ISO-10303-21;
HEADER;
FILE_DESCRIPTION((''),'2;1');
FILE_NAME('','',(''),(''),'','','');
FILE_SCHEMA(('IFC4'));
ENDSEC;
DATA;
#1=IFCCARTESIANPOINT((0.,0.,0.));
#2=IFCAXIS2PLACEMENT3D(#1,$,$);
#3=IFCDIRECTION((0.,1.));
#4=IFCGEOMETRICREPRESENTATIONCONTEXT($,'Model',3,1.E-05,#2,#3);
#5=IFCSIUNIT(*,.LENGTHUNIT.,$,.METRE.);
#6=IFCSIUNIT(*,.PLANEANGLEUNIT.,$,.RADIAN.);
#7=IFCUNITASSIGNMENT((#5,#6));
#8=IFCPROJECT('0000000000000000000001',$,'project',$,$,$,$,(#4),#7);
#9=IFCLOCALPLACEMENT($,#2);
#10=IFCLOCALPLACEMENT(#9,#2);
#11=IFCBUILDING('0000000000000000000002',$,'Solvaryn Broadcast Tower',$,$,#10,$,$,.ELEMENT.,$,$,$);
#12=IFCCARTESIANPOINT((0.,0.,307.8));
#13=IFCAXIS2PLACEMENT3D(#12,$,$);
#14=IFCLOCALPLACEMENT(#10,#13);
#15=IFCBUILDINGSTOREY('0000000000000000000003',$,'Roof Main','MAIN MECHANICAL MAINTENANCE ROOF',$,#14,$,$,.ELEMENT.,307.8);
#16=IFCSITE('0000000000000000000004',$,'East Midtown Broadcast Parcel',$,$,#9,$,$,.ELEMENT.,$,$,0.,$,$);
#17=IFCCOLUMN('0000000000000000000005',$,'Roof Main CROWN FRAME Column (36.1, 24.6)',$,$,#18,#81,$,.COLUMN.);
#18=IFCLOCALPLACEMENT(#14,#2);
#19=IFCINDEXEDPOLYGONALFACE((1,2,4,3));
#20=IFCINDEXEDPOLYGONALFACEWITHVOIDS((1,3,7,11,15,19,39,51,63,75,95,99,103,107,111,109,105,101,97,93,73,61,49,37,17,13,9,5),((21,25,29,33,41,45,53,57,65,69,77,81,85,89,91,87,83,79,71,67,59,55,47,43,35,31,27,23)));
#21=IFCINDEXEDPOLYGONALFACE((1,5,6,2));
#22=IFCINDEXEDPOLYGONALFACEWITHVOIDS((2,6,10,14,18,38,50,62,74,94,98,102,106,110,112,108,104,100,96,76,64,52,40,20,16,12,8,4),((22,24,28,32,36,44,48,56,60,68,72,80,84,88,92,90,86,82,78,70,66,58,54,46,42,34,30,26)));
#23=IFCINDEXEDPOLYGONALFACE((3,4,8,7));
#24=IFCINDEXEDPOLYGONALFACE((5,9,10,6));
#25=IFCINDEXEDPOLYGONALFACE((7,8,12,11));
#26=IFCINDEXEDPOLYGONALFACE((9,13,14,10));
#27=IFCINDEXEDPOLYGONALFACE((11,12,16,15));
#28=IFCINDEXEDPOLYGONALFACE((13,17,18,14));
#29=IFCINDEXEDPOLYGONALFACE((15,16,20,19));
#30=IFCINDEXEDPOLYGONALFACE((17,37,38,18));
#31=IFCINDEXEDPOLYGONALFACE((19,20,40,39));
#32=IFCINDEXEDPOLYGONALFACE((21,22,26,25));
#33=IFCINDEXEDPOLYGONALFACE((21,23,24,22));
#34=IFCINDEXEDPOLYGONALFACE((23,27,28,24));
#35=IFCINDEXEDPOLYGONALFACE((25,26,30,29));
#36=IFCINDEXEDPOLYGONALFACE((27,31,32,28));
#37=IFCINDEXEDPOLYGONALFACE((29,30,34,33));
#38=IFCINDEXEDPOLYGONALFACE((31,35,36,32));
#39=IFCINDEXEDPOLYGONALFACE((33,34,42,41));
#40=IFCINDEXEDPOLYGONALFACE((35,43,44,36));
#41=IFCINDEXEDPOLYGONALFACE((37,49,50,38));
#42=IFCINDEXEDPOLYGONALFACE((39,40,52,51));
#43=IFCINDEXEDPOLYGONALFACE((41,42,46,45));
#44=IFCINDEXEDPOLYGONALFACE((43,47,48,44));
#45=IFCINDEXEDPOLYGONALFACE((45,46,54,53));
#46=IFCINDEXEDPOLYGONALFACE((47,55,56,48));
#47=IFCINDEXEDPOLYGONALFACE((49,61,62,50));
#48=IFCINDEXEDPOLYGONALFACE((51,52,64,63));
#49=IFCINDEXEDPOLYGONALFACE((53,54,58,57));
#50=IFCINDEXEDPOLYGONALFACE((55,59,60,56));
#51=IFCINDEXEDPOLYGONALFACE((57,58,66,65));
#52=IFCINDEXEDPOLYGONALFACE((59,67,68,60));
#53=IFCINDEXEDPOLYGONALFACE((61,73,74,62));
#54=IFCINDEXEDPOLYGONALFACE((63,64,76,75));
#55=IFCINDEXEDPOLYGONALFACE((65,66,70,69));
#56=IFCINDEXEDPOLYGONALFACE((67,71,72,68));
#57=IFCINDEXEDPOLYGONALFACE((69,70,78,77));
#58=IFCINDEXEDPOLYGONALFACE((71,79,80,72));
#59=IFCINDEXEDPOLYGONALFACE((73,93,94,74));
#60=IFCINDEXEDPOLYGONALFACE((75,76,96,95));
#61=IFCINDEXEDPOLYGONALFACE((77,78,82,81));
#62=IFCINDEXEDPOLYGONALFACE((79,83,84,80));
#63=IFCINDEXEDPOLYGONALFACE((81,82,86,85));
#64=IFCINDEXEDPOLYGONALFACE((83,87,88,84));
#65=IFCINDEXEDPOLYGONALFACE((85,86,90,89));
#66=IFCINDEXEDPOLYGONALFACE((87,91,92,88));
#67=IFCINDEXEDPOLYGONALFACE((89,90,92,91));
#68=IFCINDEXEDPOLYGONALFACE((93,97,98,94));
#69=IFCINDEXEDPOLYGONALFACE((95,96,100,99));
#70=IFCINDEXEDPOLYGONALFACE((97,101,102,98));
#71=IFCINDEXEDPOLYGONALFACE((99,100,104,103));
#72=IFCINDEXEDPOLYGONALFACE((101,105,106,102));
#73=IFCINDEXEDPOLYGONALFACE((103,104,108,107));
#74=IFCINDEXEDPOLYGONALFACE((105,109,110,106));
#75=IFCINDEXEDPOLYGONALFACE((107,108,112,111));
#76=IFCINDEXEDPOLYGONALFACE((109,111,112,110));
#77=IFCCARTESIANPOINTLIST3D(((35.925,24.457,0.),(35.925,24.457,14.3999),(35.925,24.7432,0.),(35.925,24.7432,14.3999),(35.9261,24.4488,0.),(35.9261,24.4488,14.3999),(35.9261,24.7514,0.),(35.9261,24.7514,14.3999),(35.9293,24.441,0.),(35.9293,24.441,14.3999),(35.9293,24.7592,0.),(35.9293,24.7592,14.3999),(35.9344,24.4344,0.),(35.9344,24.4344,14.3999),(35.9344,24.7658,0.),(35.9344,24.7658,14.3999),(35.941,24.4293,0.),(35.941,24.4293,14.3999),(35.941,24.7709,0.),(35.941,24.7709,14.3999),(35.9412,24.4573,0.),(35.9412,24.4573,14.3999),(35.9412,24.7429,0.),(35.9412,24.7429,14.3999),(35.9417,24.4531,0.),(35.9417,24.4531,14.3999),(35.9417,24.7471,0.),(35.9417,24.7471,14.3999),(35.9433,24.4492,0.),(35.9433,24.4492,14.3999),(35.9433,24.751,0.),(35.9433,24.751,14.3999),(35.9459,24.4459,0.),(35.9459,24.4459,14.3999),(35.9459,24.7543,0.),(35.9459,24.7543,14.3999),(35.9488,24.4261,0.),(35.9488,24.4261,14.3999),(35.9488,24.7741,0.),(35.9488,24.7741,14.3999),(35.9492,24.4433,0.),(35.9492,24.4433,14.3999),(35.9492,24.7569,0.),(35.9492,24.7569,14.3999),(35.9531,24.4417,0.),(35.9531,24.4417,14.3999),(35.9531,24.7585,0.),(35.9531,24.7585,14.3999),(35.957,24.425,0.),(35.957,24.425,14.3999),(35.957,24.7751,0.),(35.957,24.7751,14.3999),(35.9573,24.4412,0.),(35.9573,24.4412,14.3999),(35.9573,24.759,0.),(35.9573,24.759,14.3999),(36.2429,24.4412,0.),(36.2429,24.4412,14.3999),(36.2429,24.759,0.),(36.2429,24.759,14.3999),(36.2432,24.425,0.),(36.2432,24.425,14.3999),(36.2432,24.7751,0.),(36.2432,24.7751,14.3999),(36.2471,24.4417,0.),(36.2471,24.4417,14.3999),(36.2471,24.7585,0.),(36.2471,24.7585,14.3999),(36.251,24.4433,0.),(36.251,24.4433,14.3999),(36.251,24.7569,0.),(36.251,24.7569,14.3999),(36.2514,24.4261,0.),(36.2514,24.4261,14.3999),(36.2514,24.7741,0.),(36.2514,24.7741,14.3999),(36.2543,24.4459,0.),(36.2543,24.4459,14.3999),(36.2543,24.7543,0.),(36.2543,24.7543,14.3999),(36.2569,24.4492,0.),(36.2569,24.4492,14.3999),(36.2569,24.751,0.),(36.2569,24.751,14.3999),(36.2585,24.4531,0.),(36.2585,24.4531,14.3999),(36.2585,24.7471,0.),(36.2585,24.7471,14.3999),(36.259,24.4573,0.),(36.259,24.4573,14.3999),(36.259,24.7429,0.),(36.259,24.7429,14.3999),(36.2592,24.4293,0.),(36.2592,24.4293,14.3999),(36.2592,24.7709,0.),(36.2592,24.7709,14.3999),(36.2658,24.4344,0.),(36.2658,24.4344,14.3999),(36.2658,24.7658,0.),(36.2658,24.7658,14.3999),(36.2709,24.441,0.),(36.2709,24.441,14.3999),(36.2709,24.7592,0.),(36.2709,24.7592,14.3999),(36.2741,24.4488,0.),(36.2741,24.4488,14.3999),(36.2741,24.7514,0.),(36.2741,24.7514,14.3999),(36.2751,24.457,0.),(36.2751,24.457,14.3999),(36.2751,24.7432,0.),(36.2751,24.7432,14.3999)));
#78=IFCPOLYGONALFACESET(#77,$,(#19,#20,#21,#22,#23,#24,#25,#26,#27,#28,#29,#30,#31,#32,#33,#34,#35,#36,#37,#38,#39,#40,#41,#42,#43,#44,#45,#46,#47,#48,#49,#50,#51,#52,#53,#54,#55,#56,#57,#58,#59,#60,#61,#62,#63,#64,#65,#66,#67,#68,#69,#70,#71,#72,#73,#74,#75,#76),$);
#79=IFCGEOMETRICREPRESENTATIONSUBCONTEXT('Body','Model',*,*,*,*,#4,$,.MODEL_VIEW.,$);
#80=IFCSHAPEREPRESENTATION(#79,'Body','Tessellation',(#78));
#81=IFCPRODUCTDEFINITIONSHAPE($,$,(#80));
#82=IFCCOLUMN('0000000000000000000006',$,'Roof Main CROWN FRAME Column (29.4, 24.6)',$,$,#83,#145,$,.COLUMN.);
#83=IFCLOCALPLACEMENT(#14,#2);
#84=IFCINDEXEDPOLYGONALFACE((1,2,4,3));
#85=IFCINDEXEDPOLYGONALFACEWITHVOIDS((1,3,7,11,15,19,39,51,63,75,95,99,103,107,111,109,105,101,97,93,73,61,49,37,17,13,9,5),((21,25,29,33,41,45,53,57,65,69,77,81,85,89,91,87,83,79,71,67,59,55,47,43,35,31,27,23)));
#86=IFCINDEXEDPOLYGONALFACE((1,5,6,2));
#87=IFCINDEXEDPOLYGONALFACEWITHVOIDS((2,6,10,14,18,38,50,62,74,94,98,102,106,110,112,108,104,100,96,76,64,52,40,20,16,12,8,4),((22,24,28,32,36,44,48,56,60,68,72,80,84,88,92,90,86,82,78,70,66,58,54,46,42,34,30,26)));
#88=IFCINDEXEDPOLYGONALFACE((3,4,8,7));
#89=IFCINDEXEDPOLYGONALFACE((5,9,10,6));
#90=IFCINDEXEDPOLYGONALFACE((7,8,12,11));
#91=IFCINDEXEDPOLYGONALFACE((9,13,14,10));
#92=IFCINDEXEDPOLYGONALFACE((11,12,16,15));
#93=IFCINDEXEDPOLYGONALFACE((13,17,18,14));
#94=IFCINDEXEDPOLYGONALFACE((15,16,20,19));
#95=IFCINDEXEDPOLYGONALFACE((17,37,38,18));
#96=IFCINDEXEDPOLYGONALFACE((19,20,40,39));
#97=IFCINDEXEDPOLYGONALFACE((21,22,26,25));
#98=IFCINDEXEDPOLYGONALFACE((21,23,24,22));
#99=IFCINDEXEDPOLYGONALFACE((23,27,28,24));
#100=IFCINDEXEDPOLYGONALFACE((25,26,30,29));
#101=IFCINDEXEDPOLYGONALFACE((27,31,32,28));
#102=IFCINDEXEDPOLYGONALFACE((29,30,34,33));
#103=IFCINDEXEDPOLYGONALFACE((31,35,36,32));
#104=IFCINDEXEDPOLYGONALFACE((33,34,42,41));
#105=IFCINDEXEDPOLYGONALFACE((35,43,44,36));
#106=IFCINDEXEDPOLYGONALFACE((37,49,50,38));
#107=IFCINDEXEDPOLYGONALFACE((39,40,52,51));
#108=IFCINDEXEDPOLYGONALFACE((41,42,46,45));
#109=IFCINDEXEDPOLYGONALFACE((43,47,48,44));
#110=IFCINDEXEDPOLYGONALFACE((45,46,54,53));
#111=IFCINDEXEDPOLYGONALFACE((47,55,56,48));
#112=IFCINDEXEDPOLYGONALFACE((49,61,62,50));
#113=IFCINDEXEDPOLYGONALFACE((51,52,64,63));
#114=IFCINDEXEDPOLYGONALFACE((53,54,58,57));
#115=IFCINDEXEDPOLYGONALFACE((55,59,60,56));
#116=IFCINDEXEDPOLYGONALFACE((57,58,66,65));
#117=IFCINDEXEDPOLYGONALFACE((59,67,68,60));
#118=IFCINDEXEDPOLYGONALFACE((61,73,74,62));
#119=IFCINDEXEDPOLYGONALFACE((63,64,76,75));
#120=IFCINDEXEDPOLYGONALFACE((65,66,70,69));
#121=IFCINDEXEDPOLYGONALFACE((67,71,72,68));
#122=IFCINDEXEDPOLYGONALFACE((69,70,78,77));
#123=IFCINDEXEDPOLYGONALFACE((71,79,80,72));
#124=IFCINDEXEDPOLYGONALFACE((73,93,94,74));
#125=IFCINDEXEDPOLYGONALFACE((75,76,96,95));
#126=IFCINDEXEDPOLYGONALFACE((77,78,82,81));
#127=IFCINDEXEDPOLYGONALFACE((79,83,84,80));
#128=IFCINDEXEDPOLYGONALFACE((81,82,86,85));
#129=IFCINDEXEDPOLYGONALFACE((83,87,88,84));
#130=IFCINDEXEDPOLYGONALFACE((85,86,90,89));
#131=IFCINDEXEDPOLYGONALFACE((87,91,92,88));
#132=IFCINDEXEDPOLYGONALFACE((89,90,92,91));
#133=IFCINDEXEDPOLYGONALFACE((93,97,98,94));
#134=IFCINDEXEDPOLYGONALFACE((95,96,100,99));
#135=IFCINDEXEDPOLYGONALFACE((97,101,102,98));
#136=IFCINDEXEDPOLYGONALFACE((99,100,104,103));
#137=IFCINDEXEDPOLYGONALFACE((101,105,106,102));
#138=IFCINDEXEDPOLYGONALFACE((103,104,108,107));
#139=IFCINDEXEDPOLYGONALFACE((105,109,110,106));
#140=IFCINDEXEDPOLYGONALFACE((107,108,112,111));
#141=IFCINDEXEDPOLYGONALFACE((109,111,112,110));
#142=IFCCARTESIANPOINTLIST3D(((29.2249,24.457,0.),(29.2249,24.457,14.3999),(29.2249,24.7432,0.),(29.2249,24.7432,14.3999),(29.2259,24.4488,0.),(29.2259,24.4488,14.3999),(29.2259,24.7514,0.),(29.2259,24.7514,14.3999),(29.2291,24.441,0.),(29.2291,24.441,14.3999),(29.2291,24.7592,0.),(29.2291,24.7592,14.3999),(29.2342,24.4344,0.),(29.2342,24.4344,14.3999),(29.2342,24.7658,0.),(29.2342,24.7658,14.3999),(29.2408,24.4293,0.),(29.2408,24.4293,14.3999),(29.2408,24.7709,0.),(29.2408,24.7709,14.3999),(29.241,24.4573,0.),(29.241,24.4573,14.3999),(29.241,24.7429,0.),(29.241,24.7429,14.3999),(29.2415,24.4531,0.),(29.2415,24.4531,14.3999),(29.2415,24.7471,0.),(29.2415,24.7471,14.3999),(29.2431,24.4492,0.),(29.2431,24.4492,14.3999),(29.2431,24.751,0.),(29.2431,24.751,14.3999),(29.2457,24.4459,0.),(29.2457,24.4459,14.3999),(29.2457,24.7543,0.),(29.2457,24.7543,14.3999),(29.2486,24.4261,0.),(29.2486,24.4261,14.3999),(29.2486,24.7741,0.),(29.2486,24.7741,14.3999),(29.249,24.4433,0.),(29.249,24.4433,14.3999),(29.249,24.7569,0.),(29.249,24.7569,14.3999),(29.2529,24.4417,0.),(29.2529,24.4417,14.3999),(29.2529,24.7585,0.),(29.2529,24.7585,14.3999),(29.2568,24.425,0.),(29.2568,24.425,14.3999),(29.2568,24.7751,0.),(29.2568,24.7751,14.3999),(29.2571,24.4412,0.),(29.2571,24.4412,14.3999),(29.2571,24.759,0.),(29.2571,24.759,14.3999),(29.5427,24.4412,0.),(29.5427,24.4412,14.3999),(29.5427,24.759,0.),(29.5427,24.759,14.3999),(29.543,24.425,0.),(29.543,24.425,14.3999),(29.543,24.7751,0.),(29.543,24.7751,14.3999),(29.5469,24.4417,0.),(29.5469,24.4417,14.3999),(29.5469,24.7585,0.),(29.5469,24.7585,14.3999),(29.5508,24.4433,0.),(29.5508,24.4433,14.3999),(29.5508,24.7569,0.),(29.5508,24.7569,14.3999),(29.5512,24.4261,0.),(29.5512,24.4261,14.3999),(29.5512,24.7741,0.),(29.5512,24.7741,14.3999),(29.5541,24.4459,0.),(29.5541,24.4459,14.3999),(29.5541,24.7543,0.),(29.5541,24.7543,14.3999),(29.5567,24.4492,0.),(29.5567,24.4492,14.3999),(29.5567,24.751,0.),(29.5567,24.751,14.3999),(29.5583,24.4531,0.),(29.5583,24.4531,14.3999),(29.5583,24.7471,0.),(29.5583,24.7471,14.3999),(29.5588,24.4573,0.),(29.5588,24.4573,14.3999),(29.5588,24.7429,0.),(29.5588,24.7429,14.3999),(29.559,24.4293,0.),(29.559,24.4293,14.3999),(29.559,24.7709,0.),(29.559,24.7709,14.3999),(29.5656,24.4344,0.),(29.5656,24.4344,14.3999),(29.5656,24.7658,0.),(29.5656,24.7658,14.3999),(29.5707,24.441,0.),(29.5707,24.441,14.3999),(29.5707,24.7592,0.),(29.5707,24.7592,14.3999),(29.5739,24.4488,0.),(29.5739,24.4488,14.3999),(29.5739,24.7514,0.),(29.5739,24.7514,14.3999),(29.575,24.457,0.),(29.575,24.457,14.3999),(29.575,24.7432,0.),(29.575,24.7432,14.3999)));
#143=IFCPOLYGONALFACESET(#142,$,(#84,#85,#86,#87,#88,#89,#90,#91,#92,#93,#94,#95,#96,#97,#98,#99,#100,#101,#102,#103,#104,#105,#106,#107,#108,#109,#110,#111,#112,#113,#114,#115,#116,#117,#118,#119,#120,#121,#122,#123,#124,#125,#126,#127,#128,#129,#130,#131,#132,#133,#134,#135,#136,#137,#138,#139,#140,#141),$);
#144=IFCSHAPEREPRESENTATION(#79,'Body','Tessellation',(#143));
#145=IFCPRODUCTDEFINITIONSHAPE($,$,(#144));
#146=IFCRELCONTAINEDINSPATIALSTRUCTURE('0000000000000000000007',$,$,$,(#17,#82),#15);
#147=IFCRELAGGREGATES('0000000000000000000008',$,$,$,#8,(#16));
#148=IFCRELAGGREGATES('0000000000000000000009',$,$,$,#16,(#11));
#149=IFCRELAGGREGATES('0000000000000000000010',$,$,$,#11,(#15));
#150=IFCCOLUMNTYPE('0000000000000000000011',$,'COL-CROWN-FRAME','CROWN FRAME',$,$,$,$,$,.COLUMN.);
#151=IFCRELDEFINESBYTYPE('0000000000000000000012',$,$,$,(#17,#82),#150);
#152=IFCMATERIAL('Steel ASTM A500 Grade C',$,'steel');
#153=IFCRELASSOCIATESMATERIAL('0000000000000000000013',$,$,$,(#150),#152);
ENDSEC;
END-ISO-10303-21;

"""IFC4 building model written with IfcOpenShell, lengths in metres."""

from ifc_helpers import new_model, si_unit, direction, frame, origin, origin_2d, place, context, subcontext, project, spatial, hollow_rectangle, extrude, material, material_profile, profile_set, type_object, element, save


model = new_model("IFC4")

# Units and contexts
model_context = context("Model", 3, precision=1e-05, world=origin(), true_north=direction((0.0, 1.0)))
body_context = subcontext(model_context, "Body", "Model", "MODEL_VIEW")
ifc_project = project(units=[si_unit("LENGTHUNIT", "METRE"), si_unit("PLANEANGLEUNIT", "RADIAN")], contexts=[model_context])

# Site, building, storey
site_placement = place(None, origin())
site = spatial("IfcSite", under=ifc_project, at=site_placement, Name="East Midtown Broadcast Parcel", CompositionType="ELEMENT", RefElevation=0.0)
building_placement = place(site_placement, origin())
building = spatial("IfcBuilding", under=site, at=building_placement, Name="Solvaryn Broadcast Tower", CompositionType="ELEMENT")
storey_placement = place(building_placement, frame((0.0, 0.0, 307.8)))
storey = spatial("IfcBuildingStorey", under=building, at=storey_placement, Name="Roof Main", Description="MAIN MECHANICAL MAINTENANCE ROOF", CompositionType="ELEMENT", Elevation=307.8)

# Columns
ifc_material_1 = material(Name="Steel ASTM A500 Grade C", Category="steel")
ifc_material_profile_1 = material_profile(ifc_material_1, hollow_rectangle(XDim=0.3501, YDim=0.3501, WallThickness=0.0161, InnerFilletRadius=0.0161, OuterFilletRadius=0.032, at=origin_2d()))
ifc_profile_set_1 = profile_set([ifc_material_profile_1], Name="Steel ASTM A500 Grade C")
column_type = type_object("IfcColumnType", Name="COL-CROWN-FRAME", Description="CROWN FRAME", PredefinedType="COLUMN", material=ifc_profile_set_1)
for number, where, z_axis, x_axis, name in (
    (1, (36.1001, 24.6001, 0.0), (0.0, 0.0, 1.0), (1.0, 0.0, 0.0), "Roof Main CROWN FRAME Column (36.1, 24.6)"),
    (2, (29.3999, 24.6001, 0.0), (0.0, 0.0, 1.0), (1.0, 0.0, 0.0), "Roof Main CROWN FRAME Column (29.4, 24.6)"),
):
    element("IfcColumn", number, at=place(storey_placement, frame(where, z_axis=z_axis, x_axis=x_axis)), inside=storey, type_object=column_type, Name=name, PredefinedType="COLUMN", context=body_context, shape_type="SweptSolid", body=[
        extrude(hollow_rectangle(XDim=0.3501, YDim=0.3501, WallThickness=0.0161, InnerFilletRadius=0.0161, OuterFilletRadius=0.032, at=origin_2d()), origin(), (0.0, 0.0, 1.0), 14.3999),
    ])

save(model, "model.ifc")
